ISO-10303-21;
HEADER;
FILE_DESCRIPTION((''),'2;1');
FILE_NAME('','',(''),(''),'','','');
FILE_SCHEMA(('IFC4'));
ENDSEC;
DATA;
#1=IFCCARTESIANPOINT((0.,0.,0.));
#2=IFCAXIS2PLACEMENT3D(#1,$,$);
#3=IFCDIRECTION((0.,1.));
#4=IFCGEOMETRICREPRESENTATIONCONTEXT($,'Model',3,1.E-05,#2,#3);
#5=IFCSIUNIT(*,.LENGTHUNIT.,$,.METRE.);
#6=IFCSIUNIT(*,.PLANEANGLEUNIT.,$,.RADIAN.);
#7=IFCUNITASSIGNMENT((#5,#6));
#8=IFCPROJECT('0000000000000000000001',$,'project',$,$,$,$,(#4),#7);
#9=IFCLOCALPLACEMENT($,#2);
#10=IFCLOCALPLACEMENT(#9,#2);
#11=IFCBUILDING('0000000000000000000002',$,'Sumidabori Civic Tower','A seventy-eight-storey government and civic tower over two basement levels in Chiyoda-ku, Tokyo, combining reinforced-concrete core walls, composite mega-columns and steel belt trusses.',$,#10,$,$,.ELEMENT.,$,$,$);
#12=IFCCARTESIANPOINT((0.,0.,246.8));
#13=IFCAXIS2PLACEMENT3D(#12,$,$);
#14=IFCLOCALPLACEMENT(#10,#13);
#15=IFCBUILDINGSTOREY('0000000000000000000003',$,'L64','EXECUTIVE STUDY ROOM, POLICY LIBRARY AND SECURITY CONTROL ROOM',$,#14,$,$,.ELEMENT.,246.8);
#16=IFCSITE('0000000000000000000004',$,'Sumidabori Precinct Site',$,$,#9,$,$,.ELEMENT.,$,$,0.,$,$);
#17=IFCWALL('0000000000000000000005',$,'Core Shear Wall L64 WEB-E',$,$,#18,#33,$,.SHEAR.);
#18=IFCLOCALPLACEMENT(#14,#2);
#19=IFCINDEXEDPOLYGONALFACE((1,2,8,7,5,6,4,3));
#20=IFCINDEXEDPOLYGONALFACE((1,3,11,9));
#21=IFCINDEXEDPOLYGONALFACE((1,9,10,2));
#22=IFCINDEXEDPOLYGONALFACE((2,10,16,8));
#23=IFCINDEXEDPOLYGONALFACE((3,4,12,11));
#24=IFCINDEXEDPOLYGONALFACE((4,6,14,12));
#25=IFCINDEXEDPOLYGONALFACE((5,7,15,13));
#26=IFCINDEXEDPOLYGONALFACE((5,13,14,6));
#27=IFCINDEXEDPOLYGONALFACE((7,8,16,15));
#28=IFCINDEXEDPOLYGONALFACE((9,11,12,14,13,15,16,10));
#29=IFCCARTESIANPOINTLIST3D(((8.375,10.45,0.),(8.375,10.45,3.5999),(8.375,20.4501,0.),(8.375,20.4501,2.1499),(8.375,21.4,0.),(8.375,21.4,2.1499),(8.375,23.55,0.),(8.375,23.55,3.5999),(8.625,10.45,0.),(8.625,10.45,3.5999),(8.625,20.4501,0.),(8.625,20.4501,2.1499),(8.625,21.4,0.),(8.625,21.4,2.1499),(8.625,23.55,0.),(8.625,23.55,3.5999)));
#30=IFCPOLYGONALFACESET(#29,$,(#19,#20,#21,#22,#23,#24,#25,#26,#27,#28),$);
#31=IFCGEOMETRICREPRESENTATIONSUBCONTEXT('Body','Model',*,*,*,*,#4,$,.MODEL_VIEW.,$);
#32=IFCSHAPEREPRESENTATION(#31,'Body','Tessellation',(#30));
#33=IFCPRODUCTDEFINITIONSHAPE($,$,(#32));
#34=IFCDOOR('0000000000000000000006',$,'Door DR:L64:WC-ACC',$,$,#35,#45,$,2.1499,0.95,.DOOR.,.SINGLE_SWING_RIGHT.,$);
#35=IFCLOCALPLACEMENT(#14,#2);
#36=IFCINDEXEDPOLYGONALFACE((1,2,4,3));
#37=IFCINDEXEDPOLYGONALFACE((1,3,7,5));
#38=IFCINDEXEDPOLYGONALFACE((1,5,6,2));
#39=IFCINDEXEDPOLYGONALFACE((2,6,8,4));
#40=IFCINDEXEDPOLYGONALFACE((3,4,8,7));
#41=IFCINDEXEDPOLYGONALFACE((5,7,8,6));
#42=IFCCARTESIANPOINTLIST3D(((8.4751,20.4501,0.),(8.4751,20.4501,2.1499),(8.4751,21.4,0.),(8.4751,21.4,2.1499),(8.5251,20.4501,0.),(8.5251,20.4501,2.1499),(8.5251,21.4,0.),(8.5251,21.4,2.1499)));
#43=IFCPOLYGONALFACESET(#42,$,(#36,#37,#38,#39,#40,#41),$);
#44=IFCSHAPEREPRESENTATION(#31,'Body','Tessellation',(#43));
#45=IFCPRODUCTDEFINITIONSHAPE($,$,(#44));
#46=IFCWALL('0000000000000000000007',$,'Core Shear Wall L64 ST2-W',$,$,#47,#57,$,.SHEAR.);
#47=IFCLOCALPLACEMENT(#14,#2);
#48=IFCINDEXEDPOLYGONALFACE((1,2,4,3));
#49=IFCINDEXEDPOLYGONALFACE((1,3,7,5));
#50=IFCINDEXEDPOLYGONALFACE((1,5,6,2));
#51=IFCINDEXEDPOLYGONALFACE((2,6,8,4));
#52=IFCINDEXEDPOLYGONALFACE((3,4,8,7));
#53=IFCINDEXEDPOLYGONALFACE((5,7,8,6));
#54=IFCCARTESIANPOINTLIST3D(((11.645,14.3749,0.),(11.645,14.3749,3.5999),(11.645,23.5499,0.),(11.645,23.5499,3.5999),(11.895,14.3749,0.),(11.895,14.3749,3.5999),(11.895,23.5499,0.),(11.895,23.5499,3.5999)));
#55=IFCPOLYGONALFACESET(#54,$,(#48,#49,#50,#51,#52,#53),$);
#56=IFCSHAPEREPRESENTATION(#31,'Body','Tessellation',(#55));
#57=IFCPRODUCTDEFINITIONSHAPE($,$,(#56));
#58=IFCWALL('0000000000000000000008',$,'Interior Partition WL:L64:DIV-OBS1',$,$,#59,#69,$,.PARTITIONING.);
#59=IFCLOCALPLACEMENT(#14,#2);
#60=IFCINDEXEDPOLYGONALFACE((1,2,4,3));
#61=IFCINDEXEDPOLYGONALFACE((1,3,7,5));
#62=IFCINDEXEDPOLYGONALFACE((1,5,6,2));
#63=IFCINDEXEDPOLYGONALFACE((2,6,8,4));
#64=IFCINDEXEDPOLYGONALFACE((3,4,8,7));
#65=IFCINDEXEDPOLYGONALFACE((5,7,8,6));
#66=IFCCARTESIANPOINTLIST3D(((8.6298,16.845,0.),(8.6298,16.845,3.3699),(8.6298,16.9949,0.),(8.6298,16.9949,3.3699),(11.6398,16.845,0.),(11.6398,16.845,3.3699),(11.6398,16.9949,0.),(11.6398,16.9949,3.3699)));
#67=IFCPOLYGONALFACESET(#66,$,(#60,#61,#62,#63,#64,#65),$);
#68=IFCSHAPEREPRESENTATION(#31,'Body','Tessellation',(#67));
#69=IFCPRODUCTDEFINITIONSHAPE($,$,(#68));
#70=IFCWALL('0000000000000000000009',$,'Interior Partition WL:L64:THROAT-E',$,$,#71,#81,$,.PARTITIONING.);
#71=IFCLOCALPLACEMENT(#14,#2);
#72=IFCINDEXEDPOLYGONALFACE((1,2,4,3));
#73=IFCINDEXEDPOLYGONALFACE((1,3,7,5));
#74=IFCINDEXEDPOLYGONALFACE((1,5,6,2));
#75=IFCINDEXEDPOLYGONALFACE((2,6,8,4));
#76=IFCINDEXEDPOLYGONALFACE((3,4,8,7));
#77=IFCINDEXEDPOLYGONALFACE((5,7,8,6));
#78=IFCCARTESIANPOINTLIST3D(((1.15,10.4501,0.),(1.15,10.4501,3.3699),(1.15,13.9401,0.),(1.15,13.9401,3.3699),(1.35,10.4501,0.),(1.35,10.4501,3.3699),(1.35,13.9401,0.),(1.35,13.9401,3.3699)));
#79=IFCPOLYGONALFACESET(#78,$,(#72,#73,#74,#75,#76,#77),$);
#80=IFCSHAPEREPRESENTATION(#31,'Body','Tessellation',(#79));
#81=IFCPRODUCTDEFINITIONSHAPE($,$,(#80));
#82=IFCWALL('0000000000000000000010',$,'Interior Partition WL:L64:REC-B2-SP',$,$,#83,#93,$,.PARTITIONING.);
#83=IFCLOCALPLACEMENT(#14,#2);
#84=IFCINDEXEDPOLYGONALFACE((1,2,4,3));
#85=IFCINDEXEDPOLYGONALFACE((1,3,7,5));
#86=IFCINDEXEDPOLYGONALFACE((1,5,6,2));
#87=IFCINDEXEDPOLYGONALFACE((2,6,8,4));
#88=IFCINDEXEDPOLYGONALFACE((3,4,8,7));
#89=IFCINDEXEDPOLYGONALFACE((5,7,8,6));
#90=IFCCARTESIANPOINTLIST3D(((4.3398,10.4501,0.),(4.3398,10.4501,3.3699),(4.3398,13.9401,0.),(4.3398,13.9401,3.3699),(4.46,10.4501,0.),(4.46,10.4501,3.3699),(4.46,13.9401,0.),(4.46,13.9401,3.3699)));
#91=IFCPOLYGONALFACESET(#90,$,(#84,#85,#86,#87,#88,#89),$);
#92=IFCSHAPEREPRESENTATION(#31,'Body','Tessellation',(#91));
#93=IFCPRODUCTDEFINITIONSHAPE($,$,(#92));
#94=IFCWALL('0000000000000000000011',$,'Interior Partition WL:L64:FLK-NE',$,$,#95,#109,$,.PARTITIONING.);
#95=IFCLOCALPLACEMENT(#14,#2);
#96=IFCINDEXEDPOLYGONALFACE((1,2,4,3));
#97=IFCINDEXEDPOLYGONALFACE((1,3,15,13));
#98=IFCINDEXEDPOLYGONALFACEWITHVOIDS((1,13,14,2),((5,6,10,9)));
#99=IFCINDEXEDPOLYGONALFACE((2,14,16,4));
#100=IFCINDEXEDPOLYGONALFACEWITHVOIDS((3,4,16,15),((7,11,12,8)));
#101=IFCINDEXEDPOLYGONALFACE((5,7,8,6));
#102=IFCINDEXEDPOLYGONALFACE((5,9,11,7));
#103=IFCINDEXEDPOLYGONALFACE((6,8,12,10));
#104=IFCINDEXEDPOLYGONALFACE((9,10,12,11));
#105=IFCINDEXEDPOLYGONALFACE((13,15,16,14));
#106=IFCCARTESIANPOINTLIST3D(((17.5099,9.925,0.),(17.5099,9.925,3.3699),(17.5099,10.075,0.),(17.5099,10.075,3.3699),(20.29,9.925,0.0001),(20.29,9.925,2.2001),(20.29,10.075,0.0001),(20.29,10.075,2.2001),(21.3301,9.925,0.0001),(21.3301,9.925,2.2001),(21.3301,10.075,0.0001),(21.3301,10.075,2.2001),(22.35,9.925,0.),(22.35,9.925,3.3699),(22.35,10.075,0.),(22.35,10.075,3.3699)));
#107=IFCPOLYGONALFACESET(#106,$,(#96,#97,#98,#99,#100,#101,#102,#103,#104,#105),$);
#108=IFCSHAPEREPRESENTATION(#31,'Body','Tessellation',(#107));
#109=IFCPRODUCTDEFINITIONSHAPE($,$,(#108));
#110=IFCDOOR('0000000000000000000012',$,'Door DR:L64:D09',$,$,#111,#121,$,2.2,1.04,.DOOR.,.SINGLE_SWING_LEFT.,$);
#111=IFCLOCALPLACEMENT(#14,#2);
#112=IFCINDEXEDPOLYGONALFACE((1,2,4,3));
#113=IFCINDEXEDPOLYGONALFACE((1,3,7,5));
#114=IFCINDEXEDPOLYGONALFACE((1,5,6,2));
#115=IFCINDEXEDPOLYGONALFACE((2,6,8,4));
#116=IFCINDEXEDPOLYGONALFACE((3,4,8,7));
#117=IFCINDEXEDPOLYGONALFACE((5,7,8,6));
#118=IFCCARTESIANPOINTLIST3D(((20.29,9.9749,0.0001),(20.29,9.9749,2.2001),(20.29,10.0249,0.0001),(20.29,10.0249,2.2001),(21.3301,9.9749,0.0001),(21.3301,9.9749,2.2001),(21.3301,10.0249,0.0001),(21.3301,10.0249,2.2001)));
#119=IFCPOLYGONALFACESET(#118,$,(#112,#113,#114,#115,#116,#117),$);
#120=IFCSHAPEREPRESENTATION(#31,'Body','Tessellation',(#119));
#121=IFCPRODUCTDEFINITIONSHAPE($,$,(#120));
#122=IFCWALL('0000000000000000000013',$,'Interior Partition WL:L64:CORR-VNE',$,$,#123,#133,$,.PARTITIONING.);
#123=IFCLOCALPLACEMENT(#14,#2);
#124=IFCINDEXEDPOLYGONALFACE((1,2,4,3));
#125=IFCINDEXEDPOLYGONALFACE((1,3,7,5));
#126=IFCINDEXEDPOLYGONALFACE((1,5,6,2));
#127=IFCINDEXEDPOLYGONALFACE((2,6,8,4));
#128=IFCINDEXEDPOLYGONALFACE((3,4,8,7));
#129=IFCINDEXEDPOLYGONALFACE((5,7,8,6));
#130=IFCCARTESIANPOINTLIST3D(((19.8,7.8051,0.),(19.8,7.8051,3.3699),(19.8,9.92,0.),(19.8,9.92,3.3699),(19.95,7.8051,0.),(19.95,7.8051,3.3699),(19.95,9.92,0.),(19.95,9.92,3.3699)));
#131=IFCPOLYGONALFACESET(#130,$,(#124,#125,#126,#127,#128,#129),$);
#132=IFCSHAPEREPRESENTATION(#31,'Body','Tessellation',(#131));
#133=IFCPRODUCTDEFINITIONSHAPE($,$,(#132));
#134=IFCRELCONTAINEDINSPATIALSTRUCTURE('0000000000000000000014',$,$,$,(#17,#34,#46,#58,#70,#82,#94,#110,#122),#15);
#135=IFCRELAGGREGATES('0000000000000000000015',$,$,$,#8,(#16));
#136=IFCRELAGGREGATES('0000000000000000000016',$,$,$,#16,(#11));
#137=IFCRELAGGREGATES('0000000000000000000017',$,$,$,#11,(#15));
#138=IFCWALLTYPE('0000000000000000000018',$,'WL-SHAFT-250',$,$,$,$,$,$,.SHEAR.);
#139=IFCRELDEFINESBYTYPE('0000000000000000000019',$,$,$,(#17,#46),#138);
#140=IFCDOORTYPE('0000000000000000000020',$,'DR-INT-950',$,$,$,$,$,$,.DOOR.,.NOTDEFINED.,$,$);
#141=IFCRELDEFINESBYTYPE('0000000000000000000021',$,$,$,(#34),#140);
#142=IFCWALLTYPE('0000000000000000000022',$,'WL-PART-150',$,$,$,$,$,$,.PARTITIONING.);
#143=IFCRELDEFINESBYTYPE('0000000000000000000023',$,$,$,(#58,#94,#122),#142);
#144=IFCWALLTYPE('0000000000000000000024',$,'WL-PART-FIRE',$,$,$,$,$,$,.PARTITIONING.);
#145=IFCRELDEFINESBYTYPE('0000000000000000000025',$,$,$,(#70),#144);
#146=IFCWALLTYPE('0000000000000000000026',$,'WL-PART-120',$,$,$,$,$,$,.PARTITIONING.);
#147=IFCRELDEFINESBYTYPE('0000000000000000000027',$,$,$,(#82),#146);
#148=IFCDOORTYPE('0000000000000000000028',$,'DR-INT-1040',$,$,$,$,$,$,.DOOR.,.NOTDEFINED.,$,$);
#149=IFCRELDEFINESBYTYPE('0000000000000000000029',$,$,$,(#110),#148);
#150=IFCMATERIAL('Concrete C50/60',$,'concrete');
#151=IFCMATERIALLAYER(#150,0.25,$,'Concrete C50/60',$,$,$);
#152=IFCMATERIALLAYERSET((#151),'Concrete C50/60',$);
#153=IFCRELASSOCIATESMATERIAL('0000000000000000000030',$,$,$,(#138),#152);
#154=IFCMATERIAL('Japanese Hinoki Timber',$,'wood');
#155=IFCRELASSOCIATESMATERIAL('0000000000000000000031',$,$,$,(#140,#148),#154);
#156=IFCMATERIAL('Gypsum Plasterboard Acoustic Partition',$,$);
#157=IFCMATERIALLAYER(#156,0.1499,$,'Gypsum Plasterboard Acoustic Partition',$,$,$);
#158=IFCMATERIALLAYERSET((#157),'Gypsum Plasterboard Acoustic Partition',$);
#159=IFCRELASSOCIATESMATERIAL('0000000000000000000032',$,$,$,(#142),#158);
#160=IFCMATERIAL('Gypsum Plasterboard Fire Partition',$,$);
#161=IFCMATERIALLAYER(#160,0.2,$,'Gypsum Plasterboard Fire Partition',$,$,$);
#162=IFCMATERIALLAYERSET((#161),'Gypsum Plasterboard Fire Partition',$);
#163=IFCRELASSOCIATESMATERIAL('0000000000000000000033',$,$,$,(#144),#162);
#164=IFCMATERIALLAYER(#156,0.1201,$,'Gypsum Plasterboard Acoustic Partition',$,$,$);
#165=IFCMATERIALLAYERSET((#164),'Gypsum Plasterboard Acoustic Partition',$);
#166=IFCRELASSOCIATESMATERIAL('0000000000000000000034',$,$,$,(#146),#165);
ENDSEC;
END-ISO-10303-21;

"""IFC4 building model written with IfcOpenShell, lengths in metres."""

from ifc_helpers import new_model, si_unit, direction, frame, frame_2d, origin, place, context, subcontext, project, spatial, rectangle, extrude, source, transform, mapped, material, layer, layer_set, type_object, element, fill, save


model = new_model("IFC4")

# Units and contexts
model_context = context("Model", 3, precision=1e-05, world=origin(), true_north=direction((0.0, 1.0)))
body_context = subcontext(model_context, "Body", "Model", "MODEL_VIEW")
ifc_project = project(units=[si_unit("LENGTHUNIT", "METRE"), si_unit("PLANEANGLEUNIT", "RADIAN")], contexts=[model_context])

# Site, building, storey
site_placement = place(None, origin())
site = spatial("IfcSite", under=ifc_project, at=site_placement, Name="Sumidabori Precinct Site", CompositionType="ELEMENT", RefElevation=0.0)
building_placement = place(site_placement, origin())
building = spatial("IfcBuilding", under=site, at=building_placement, Name="Sumidabori Civic Tower", Description="A seventy-eight-storey government and civic tower over two basement levels in Chiyoda-ku, Tokyo, combining reinforced-concrete core walls, composite mega-columns and steel belt trusses.", CompositionType="ELEMENT")
storey_placement = place(building_placement, frame((0.0, 0.0, 246.8)))
storey = spatial("IfcBuildingStorey", under=building, at=storey_placement, Name="L64", Description="EXECUTIVE STUDY ROOM, POLICY LIBRARY AND SECURITY CONTROL ROOM", CompositionType="ELEMENT", Elevation=246.8)

# Shared definitions
ifc_material_1 = material(Name="Concrete C50/60", Category="concrete")

# Wall, opening, door
ifc_layer_1 = layer(ifc_material_1, 0.25, Name="Concrete C50/60")
ifc_layer_set_1 = layer_set([ifc_layer_1], Name="Concrete C50/60")
wall_type_1 = type_object("IfcWallType", Name="WL-SHAFT-250", PredefinedType="SHEAR", material=ifc_layer_set_1)
shared_shape_1 = source(origin(), body_context, "Body", "SweptSolid", [
    extrude(rectangle(XDim=13.1001, YDim=0.25, at=frame_2d((6.55, 0.0))), origin(), (0.0, 0.0, 1.0), 3.5999),
])
wall_1_placement = place(storey_placement, frame((8.5, 10.45, 0.0), z_axis=(0.0, 0.0, 1.0), x_axis=(0.0, 1.0, 0.0)))
wall_1 = element("IfcWall", 1, at=wall_1_placement, inside=storey, type_object=wall_type_1, Name="Core Shear Wall L64 WEB-E", PredefinedType="SHEAR", context=body_context, shape_type="MappedRepresentation", body=[
    mapped(shared_shape_1, transform((0.0, 0.0, 0.0), x_axis=(1.0, 0.0, 0.0), y_axis=(0.0, 1.0, 0.0), z_axis=(0.0, 0.0, 1.0), scale=1.0)),
])
opening_1_placement = place(wall_1_placement, frame((10.0, 0.0, 0.0)))
opening_1 = element("IfcOpeningElement", 2, at=opening_1_placement, cuts=wall_1, PredefinedType="OPENING", context=body_context, shape_type="SweptSolid", body=[
    extrude(rectangle(XDim=0.95, YDim=2.1499, at=frame_2d((0.4751, 1.075))), frame((0.0, 0.137, 0.0), z_axis=(0.0, -1.0, 0.0), x_axis=(1.0, 0.0, 0.0)), (0.0, 0.0, 1.0), 0.2739),
])
ifc_material_2 = material(Name="Japanese Hinoki Timber", Category="wood")
door_type_1 = type_object("IfcDoorType", Name="DR-INT-950", OperationType="NOTDEFINED", PredefinedType="DOOR", material=ifc_material_2)
shared_shape_2 = source(origin(), body_context, "Body", "SweptSolid", [
    extrude(rectangle(XDim=0.95, YDim=2.1499, at=frame_2d((0.4751, 1.075))), frame((0.0, 0.0249, 0.0), z_axis=(0.0, -1.0, 0.0), x_axis=(1.0, 0.0, 0.0)), (0.0, 0.0, 1.0), 0.05),
])
door_1_placement = place(opening_1_placement, origin())
door_1 = element("IfcDoor", 3, at=door_1_placement, inside=storey, type_object=door_type_1, Name="Door DR:L64:WC-ACC", OperationType="SINGLE_SWING_RIGHT", OverallHeight=2.1499, OverallWidth=0.95, PredefinedType="DOOR", context=body_context, shape_type="MappedRepresentation", body=[
    mapped(shared_shape_2, transform((0.0, 0.0, 0.0), x_axis=(1.0, 0.0, 0.0), y_axis=(0.0, 1.0, 0.0), z_axis=(0.0, 0.0, 1.0), scale=1.0)),
])
fill(opening_1, door_1)

# Wall
shared_shape_3 = source(origin(), body_context, "Body", "SweptSolid", [
    extrude(rectangle(XDim=9.175, YDim=0.25, at=frame_2d((4.5874, 0.0))), origin(), (0.0, 0.0, 1.0), 3.5999),
])
wall_2_placement = place(storey_placement, frame((11.77, 14.375, 0.0), z_axis=(0.0, 0.0, 1.0), x_axis=(0.0, 1.0, 0.0)))
element("IfcWall", 4, at=wall_2_placement, inside=storey, type_object=wall_type_1, Name="Core Shear Wall L64 ST2-W", PredefinedType="SHEAR", context=body_context, shape_type="MappedRepresentation", body=[
    mapped(shared_shape_3, transform((0.0, 0.0, 0.0), x_axis=(1.0, 0.0, 0.0), y_axis=(0.0, 1.0, 0.0), z_axis=(0.0, 0.0, 1.0), scale=1.0)),
])

# Wall
ifc_material_3 = material(Name="Gypsum Plasterboard Acoustic Partition")
ifc_layer_2 = layer(ifc_material_3, 0.1499, Name="Gypsum Plasterboard Acoustic Partition")
ifc_layer_set_2 = layer_set([ifc_layer_2], Name="Gypsum Plasterboard Acoustic Partition")
wall_type_2 = type_object("IfcWallType", Name="WL-PART-150", PredefinedType="PARTITIONING", material=ifc_layer_set_2)
shared_shape_4 = source(origin(), body_context, "Body", "SweptSolid", [
    extrude(rectangle(XDim=3.01, YDim=0.1499, at=frame_2d((1.5049, 0.0))), origin(), (0.0, 0.0, 1.0), 3.3699),
])
wall_3_placement = place(storey_placement, frame((8.6299, 16.9199, 0.0), z_axis=(0.0, 0.0, 1.0), x_axis=(1.0, 0.0, 0.0)))
element("IfcWall", 5, at=wall_3_placement, inside=storey, type_object=wall_type_2, Name="Interior Partition WL:L64:DIV-OBS1", PredefinedType="PARTITIONING", context=body_context, shape_type="MappedRepresentation", body=[
    mapped(shared_shape_4, transform((0.0, 0.0, 0.0), x_axis=(1.0, 0.0, 0.0), y_axis=(0.0, 1.0, 0.0), z_axis=(0.0, 0.0, 1.0), scale=1.0)),
])

# Shared definitions
ifc_material_4 = material(Name="Gypsum Plasterboard Fire Partition")
ifc_layer_3 = layer(ifc_material_4, 0.2, Name="Gypsum Plasterboard Fire Partition")
ifc_layer_set_3 = layer_set([ifc_layer_3], Name="Gypsum Plasterboard Fire Partition")
wall_type_3 = type_object("IfcWallType", Name="WL-PART-FIRE", PredefinedType="PARTITIONING", material=ifc_layer_set_3)

# Walls
shared_shape_5 = source(origin(), body_context, "Body", "SweptSolid", [
    extrude(rectangle(XDim=3.49, YDim=0.2, at=frame_2d((1.7451, 0.0))), origin(), (0.0, 0.0, 1.0), 3.3699),
])
wall_4_placement = place(storey_placement, frame((1.25, 10.45, 0.0), z_axis=(0.0, 0.0, 1.0), x_axis=(0.0, 1.0, 0.0)))
element("IfcWall", 6, at=wall_4_placement, inside=storey, type_object=wall_type_3, Name="Interior Partition WL:L64:THROAT-E", PredefinedType="PARTITIONING", context=body_context, shape_type="MappedRepresentation", body=[
    mapped(shared_shape_5, transform((0.0, 0.0, 0.0), x_axis=(1.0, 0.0, 0.0), y_axis=(0.0, 1.0, 0.0), z_axis=(0.0, 0.0, 1.0), scale=1.0)),
])
ifc_layer_4 = layer(ifc_material_3, 0.1201, Name="Gypsum Plasterboard Acoustic Partition")
ifc_layer_set_4 = layer_set([ifc_layer_4], Name="Gypsum Plasterboard Acoustic Partition")
wall_type_4 = type_object("IfcWallType", Name="WL-PART-120", PredefinedType="PARTITIONING", material=ifc_layer_set_4)
shared_shape_6 = source(origin(), body_context, "Body", "SweptSolid", [
    extrude(rectangle(XDim=3.49, YDim=0.1201, at=frame_2d((1.7451, 0.0))), origin(), (0.0, 0.0, 1.0), 3.3699),
])
wall_5_placement = place(storey_placement, frame((4.3999, 10.45, 0.0), z_axis=(0.0, 0.0, 1.0), x_axis=(0.0, 1.0, 0.0)))
element("IfcWall", 7, at=wall_5_placement, inside=storey, type_object=wall_type_4, Name="Interior Partition WL:L64:REC-B2-SP", PredefinedType="PARTITIONING", context=body_context, shape_type="MappedRepresentation", body=[
    mapped(shared_shape_6, transform((0.0, 0.0, 0.0), x_axis=(1.0, 0.0, 0.0), y_axis=(0.0, 1.0, 0.0), z_axis=(0.0, 0.0, 1.0), scale=1.0)),
])

# Wall, opening, door
shared_shape_7 = source(origin(), body_context, "Body", "SweptSolid", [
    extrude(rectangle(XDim=4.8401, YDim=0.1499, at=frame_2d((2.4199, 0.0))), origin(), (0.0, 0.0, 1.0), 3.3699),
])
wall_6_placement = place(storey_placement, frame((17.51, 10.0, 0.0), z_axis=(0.0, 0.0, 1.0), x_axis=(1.0, 0.0, 0.0)))
wall_6 = element("IfcWall", 8, at=wall_6_placement, inside=storey, type_object=wall_type_2, Name="Interior Partition WL:L64:FLK-NE", PredefinedType="PARTITIONING", context=body_context, shape_type="MappedRepresentation", body=[
    mapped(shared_shape_7, transform((0.0, 0.0, 0.0), x_axis=(1.0, 0.0, 0.0), y_axis=(0.0, 1.0, 0.0), z_axis=(0.0, 0.0, 1.0), scale=1.0)),
])
opening_2_placement = place(wall_6_placement, frame((2.78, 0.0, 0.0)))
opening_2 = element("IfcOpeningElement", 9, at=opening_2_placement, cuts=wall_6, PredefinedType="OPENING", context=body_context, shape_type="SweptSolid", body=[
    extrude(rectangle(XDim=1.04, YDim=2.2, at=frame_2d((0.52, 1.1001))), frame((0.0, 0.0869, 0.0), z_axis=(0.0, -1.0, 0.0), x_axis=(1.0, 0.0, 0.0)), (0.0, 0.0, 1.0), 0.1738),
])
door_type_2 = type_object("IfcDoorType", Name="DR-INT-1040", OperationType="NOTDEFINED", PredefinedType="DOOR", material=ifc_material_2)
shared_shape_8 = source(origin(), body_context, "Body", "SweptSolid", [
    extrude(rectangle(XDim=1.04, YDim=2.2, at=frame_2d((0.52, 1.1001))), frame((0.0, 0.0249, 0.0), z_axis=(0.0, -1.0, 0.0), x_axis=(1.0, 0.0, 0.0)), (0.0, 0.0, 1.0), 0.05),
])
door_2_placement = place(opening_2_placement, origin())
door_2 = element("IfcDoor", 10, at=door_2_placement, inside=storey, type_object=door_type_2, Name="Door DR:L64:D09", OperationType="SINGLE_SWING_LEFT", OverallHeight=2.2, OverallWidth=1.04, PredefinedType="DOOR", context=body_context, shape_type="MappedRepresentation", body=[
    mapped(shared_shape_8, transform((0.0, 0.0, 0.0), x_axis=(1.0, 0.0, 0.0), y_axis=(0.0, 1.0, 0.0), z_axis=(0.0, 0.0, 1.0), scale=1.0)),
])
fill(opening_2, door_2)

# Wall
shared_shape_9 = source(origin(), body_context, "Body", "SweptSolid", [
    extrude(rectangle(XDim=2.115, YDim=0.1499, at=frame_2d((1.0576, 0.0))), origin(), (0.0, 0.0, 1.0), 3.3699),
])
wall_7_placement = place(storey_placement, frame((19.875, 7.8049, 0.0), z_axis=(0.0, 0.0, 1.0), x_axis=(0.0, 1.0, 0.0)))
element("IfcWall", 11, at=wall_7_placement, inside=storey, type_object=wall_type_2, Name="Interior Partition WL:L64:CORR-VNE", PredefinedType="PARTITIONING", context=body_context, shape_type="MappedRepresentation", body=[
    mapped(shared_shape_9, transform((0.0, 0.0, 0.0), x_axis=(1.0, 0.0, 0.0), y_axis=(0.0, 1.0, 0.0), z_axis=(0.0, 0.0, 1.0), scale=1.0)),
])

save(model, "model.ifc")
